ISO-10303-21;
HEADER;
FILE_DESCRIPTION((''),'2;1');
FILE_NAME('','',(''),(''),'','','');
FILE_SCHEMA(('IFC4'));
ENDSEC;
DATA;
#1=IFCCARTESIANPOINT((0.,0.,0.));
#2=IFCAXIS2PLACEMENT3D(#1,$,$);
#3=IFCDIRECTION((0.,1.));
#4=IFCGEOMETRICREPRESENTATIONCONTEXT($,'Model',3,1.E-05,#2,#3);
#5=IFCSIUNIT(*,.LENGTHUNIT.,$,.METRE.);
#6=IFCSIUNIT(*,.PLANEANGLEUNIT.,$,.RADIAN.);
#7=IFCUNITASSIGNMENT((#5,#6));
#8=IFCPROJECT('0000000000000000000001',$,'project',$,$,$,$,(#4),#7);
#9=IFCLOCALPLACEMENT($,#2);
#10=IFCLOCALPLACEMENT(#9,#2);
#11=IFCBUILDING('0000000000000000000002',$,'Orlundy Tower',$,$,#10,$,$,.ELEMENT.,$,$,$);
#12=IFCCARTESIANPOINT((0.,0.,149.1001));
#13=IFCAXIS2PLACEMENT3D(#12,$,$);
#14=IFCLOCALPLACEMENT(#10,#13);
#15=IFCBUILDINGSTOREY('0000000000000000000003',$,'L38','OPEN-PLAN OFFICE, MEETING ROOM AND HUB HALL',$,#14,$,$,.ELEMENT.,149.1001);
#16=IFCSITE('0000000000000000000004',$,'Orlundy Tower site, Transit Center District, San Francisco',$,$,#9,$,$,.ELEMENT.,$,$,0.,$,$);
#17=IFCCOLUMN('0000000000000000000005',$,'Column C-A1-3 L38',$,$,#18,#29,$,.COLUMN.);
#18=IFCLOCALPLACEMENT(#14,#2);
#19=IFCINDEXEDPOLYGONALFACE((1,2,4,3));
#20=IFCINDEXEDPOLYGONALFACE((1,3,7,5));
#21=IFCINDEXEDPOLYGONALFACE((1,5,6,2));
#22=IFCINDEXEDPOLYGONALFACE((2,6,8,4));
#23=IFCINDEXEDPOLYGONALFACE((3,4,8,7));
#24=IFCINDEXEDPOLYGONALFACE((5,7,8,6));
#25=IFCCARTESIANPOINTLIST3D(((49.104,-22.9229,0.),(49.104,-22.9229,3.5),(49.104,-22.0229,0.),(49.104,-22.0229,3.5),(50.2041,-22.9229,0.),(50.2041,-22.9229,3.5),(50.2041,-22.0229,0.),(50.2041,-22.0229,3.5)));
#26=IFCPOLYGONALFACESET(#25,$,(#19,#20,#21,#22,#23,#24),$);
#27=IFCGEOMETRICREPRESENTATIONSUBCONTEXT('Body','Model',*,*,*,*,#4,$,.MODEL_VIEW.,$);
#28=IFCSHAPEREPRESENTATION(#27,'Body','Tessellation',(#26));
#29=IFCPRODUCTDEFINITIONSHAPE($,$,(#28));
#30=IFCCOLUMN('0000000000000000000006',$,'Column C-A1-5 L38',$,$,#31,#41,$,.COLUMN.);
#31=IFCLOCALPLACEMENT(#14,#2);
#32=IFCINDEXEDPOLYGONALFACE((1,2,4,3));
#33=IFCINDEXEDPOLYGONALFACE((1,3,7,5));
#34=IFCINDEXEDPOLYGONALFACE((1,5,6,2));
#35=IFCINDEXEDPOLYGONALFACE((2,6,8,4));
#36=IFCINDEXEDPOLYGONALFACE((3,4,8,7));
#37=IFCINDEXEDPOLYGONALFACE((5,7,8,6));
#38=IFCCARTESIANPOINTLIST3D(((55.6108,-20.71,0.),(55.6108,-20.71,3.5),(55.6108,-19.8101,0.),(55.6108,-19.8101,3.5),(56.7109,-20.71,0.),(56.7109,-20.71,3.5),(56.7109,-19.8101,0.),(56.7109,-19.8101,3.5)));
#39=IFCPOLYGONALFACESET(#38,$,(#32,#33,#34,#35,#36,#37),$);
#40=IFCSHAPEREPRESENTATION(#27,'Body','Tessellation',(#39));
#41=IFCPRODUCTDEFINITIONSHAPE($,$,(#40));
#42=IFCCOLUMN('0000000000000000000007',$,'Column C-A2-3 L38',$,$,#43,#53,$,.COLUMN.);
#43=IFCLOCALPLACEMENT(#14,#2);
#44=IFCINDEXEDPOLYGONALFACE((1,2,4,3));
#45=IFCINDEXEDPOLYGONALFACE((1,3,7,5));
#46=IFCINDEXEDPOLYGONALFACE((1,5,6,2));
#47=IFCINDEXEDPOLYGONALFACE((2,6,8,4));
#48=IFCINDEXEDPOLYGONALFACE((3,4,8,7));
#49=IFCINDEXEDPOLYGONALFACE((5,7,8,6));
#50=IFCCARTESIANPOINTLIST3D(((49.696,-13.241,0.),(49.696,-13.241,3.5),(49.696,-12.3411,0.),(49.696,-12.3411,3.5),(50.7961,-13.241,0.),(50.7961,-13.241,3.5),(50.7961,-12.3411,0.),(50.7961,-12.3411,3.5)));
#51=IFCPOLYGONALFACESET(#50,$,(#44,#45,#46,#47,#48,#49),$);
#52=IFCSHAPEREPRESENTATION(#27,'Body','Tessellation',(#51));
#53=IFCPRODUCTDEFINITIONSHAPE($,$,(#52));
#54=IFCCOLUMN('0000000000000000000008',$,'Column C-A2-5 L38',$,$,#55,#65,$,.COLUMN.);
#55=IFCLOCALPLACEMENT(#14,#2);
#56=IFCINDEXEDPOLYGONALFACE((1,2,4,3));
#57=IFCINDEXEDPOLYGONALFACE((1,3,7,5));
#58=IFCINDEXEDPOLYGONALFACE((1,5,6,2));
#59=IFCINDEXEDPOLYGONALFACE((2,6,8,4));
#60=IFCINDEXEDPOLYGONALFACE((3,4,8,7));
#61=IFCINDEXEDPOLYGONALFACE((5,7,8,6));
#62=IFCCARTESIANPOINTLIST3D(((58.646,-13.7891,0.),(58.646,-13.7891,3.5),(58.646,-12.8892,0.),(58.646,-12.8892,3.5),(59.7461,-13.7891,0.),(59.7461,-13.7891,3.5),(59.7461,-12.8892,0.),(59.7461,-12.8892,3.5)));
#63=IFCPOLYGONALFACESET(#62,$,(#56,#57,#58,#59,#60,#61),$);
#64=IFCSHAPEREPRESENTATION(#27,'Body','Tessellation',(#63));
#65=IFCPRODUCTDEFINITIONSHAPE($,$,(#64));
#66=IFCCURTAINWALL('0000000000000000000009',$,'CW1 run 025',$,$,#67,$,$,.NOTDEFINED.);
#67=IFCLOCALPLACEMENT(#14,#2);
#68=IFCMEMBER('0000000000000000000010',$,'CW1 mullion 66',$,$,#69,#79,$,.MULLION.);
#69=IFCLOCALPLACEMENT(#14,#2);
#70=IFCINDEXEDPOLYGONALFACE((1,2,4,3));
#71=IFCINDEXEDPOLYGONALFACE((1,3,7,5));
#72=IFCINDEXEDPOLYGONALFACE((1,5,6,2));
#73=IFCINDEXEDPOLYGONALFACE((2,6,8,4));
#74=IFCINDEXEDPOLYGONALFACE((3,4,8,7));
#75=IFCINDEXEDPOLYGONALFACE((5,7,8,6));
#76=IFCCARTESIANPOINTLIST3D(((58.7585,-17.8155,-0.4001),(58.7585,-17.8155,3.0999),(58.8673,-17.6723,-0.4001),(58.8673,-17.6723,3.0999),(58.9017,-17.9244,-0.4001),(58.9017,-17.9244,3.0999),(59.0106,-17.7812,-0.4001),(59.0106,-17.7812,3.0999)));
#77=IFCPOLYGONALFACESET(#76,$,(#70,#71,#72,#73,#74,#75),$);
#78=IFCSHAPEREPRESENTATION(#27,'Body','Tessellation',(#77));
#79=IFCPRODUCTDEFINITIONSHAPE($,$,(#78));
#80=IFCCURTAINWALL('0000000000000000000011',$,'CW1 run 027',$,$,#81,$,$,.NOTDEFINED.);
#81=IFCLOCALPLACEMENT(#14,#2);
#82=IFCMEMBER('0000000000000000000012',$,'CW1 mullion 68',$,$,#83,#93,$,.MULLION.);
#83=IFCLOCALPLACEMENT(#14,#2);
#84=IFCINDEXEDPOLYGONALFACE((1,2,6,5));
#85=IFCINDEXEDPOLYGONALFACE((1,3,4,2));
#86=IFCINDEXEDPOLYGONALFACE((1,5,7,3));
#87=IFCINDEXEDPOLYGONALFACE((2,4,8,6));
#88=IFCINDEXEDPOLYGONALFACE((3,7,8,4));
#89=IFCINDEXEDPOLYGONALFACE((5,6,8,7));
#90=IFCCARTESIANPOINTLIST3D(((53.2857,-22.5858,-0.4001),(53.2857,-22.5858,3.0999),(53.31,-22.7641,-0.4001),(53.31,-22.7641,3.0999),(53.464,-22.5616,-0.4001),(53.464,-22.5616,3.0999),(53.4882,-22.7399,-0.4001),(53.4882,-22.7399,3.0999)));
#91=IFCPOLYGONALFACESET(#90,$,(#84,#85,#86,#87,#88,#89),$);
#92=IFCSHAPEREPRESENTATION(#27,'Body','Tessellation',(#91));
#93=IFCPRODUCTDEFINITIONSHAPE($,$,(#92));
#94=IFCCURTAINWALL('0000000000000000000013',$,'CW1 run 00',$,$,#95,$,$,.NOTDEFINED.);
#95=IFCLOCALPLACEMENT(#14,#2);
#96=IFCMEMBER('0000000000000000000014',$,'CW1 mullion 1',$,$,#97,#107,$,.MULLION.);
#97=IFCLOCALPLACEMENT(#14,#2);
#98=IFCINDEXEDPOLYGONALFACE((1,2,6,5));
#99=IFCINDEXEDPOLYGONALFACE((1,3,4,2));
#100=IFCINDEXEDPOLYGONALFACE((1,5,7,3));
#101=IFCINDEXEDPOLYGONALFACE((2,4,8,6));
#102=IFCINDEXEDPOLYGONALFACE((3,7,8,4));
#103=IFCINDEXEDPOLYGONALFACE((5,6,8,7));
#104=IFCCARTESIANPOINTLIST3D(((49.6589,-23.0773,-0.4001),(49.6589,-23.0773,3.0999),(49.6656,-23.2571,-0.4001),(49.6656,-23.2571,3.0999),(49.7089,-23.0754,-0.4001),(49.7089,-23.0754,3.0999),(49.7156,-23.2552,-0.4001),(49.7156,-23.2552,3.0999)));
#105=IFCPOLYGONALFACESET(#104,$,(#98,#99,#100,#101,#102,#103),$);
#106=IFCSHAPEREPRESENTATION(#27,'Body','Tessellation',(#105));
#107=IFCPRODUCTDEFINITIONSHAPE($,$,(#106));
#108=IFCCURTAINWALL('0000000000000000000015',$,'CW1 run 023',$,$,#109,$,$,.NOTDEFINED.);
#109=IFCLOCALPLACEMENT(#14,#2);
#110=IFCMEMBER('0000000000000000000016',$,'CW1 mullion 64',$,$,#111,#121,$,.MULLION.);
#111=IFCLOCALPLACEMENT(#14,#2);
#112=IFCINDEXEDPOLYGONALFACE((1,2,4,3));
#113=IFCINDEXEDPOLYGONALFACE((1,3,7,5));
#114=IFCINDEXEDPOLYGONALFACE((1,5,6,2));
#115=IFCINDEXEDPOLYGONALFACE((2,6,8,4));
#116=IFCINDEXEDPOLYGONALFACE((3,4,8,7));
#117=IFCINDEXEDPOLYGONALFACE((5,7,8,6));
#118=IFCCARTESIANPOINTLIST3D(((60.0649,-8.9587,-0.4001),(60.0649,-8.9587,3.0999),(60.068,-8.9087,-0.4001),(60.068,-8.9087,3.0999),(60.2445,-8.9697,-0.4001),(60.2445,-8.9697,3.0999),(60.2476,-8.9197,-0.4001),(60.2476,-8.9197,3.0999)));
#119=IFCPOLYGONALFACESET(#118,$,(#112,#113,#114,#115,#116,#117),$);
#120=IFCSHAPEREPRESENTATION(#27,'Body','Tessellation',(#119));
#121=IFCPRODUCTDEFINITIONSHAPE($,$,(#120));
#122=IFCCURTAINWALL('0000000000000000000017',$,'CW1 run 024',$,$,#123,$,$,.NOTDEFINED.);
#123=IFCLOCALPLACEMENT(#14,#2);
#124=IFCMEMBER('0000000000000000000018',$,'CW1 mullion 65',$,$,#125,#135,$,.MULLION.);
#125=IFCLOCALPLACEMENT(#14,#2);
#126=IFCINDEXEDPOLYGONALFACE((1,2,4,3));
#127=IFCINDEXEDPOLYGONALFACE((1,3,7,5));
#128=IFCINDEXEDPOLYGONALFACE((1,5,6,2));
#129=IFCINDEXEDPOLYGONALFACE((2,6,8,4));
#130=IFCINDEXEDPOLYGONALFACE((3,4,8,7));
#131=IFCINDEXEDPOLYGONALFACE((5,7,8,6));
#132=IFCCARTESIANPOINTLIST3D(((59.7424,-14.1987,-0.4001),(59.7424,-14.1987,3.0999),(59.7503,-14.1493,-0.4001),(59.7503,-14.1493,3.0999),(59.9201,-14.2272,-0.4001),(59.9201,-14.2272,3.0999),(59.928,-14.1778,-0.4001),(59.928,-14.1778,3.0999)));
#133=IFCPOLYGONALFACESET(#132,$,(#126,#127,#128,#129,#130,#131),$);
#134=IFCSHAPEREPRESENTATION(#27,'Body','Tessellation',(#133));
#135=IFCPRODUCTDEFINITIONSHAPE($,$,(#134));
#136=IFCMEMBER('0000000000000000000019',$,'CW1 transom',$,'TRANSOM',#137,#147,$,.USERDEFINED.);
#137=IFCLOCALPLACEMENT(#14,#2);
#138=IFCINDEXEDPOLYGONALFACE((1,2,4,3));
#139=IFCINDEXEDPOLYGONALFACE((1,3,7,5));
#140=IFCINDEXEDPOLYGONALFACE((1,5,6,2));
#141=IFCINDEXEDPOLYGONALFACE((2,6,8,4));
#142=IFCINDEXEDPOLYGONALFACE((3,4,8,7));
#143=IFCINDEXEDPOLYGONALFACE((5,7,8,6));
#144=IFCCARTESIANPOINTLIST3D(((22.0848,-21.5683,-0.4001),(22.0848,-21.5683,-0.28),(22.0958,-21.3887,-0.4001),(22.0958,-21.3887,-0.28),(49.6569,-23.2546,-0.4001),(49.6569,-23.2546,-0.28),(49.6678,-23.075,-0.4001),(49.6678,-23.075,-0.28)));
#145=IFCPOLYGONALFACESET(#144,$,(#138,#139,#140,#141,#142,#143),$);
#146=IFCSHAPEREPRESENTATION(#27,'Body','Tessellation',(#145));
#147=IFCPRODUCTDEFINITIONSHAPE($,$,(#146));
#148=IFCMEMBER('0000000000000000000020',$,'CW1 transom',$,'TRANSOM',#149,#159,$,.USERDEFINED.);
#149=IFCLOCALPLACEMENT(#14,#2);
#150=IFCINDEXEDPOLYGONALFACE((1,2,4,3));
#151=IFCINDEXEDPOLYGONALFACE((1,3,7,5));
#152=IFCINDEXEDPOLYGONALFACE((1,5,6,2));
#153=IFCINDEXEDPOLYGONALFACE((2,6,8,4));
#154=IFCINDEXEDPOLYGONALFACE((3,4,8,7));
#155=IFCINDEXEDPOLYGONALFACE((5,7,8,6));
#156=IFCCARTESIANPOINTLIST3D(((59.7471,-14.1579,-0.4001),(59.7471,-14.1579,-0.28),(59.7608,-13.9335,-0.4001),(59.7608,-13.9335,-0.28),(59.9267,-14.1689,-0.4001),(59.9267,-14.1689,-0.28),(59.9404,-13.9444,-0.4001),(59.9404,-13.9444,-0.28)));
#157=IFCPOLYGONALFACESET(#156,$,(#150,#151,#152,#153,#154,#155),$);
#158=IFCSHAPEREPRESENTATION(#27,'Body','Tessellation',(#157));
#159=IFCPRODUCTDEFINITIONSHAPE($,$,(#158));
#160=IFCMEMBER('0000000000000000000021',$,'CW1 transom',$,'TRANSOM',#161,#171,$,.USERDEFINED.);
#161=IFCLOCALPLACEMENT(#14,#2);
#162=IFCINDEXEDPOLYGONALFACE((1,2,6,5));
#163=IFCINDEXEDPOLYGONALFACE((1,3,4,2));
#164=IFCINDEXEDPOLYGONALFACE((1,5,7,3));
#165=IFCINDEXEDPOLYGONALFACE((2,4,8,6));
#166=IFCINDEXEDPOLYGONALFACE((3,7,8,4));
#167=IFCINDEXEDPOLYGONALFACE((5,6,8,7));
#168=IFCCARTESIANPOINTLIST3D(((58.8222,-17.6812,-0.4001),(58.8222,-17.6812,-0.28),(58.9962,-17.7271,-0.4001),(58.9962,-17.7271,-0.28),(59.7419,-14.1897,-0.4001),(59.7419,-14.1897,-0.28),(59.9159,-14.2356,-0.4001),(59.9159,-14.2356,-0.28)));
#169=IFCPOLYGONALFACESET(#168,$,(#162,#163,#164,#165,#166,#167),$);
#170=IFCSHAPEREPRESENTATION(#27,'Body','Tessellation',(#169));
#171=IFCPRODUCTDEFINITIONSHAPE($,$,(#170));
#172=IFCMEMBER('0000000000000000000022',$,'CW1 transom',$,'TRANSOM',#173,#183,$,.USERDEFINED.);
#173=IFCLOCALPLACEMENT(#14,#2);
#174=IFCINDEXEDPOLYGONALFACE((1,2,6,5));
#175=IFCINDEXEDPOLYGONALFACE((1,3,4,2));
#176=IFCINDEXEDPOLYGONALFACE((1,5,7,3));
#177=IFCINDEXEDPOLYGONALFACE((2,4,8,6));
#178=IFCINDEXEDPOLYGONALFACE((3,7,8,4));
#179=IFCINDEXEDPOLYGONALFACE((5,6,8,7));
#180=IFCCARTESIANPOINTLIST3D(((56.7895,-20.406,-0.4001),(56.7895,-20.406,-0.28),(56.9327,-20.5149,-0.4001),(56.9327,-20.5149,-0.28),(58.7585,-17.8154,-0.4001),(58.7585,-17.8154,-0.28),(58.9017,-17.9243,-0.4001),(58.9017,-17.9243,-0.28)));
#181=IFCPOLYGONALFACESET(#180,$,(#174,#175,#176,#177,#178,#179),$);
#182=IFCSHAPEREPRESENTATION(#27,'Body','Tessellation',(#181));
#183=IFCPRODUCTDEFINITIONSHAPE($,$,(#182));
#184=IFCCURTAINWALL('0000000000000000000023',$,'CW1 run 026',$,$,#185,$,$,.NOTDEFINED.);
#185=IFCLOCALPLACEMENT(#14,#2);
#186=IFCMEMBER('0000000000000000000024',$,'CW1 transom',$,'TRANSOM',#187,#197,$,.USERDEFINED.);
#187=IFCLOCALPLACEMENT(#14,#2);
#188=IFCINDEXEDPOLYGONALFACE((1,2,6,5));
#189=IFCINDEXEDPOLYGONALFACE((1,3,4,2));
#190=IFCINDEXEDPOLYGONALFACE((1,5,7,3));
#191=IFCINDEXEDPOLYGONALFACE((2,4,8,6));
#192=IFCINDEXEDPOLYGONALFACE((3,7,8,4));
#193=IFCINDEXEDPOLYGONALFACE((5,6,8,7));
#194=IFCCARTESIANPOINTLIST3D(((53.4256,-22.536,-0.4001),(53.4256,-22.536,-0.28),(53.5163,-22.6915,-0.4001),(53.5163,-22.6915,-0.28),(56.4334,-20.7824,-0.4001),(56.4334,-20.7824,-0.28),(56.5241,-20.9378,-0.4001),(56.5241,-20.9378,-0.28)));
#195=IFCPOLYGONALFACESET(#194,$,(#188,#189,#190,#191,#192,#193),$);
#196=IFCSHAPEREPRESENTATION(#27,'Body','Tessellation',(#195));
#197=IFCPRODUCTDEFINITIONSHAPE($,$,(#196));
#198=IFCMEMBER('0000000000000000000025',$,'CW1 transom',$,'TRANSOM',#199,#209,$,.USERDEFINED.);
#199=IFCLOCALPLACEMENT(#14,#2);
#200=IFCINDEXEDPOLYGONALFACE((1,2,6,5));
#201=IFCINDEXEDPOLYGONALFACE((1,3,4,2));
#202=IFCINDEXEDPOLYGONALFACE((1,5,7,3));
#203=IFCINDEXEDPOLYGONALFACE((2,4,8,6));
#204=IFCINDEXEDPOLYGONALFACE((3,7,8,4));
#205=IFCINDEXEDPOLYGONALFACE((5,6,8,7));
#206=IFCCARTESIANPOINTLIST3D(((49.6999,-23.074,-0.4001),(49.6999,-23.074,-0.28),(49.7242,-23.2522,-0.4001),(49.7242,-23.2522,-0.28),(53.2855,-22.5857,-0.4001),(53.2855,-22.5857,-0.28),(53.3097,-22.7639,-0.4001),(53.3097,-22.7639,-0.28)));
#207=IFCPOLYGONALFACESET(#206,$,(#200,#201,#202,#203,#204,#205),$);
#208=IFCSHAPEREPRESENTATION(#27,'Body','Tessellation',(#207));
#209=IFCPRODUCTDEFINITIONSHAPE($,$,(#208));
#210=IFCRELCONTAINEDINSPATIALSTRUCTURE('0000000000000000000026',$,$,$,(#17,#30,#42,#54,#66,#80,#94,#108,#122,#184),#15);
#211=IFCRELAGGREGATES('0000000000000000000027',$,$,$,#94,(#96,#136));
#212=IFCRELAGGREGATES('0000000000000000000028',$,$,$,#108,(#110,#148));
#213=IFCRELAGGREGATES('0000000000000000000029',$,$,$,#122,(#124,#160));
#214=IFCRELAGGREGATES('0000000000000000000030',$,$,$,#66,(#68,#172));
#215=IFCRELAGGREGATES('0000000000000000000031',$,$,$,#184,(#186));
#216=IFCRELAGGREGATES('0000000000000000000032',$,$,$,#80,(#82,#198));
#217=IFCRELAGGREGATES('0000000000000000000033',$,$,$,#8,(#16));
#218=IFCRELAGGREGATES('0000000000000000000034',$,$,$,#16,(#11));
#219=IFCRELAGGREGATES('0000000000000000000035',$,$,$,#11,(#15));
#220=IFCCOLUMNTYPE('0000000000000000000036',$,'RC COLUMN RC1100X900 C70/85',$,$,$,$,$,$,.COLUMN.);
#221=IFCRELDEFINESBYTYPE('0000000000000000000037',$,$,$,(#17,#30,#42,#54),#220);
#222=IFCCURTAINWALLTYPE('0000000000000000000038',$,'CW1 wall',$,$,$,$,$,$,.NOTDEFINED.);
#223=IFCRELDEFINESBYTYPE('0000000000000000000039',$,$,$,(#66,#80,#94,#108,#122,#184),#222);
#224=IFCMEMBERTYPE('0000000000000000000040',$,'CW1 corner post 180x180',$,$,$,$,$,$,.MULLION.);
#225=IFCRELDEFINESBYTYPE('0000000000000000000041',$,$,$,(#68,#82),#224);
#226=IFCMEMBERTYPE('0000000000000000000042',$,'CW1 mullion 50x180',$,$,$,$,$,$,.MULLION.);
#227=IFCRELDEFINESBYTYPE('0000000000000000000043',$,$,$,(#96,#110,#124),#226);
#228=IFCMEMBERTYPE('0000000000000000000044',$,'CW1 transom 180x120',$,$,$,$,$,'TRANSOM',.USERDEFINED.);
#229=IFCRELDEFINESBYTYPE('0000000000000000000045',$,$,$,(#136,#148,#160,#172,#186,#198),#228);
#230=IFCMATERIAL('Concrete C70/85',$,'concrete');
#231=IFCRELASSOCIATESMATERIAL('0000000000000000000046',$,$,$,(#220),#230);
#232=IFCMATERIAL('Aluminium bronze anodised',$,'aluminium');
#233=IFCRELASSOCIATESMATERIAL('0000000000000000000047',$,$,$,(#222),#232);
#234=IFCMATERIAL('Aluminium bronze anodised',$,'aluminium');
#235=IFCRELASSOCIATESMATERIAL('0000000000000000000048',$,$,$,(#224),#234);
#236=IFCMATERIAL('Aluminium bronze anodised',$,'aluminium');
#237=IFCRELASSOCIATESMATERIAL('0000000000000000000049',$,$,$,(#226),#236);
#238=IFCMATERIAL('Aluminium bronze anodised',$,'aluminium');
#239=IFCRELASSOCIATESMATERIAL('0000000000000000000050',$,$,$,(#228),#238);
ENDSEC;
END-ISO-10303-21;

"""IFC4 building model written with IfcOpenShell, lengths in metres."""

from ifc_helpers import new_model, si_unit, direction, frame, origin, origin_2d, place, context, subcontext, project, spatial, rectangle, extrude, material, material_profile, profile_set, type_object, element, aggregate, save


model = new_model("IFC4")

# Units and contexts
model_context = context("Model", 3, precision=1e-05, world=origin(), true_north=direction((0.0, 1.0)))
body_context = subcontext(model_context, "Body", "Model", "MODEL_VIEW")
ifc_project = project(units=[si_unit("LENGTHUNIT", "METRE"), si_unit("PLANEANGLEUNIT", "RADIAN")], contexts=[model_context])

# Site, building, storey
site_placement = place(None, origin())
site = spatial("IfcSite", under=ifc_project, at=site_placement, Name="Orlundy Tower site, Transit Center District, San Francisco", CompositionType="ELEMENT", RefElevation=0.0)
building_placement = place(site_placement, origin())
building = spatial("IfcBuilding", under=site, at=building_placement, Name="Orlundy Tower", CompositionType="ELEMENT")
storey_placement = place(building_placement, frame((0.0, 0.0, 149.1001)))
storey = spatial("IfcBuildingStorey", under=building, at=storey_placement, Name="L38", Description="OPEN-PLAN OFFICE, MEETING ROOM AND HUB HALL", CompositionType="ELEMENT", Elevation=149.1001)

# Columns
ifc_material_1 = material(Name="Concrete C70/85", Category="concrete")
ifc_material_profile_1 = material_profile(ifc_material_1, rectangle(XDim=1.1001, YDim=0.8999, at=origin_2d()), Name="RC1100X900")
ifc_profile_set_1 = profile_set([ifc_material_profile_1], Name="Concrete C70/85")
column_type = type_object("IfcColumnType", Name="RC COLUMN RC1100X900 C70/85", PredefinedType="COLUMN", material=ifc_profile_set_1)
for number, where, z_axis, x_axis, name in (
    (1, (49.6541, -22.4729, 0.0), (0.0, 0.0, 1.0), (1.0, 0.0, 0.0), "Column C-A1-3 L38"),
    (2, (56.1609, -20.26, 0.0), (0.0, 0.0, 1.0), (1.0, 0.0, 0.0), "Column C-A1-5 L38"),
    (3, (50.2461, -12.791, 0.0), (0.0, 0.0, 1.0), (1.0, 0.0, 0.0), "Column C-A2-3 L38"),
    (4, (59.196, -13.3391, 0.0), (0.0, 0.0, 1.0), (1.0, 0.0, 0.0), "Column C-A2-5 L38"),
):
    element("IfcColumn", number, at=place(storey_placement, frame(where, z_axis=z_axis, x_axis=x_axis)), inside=storey, type_object=column_type, Name=name, PredefinedType="COLUMN", context=body_context, shape_type="SweptSolid", body=[
        extrude(rectangle(XDim=1.1001, YDim=0.8999, at=origin_2d()), origin(), (0.0, 0.0, 1.0), 3.5),
    ])

# Curtain walls, members
ifc_material_2 = material(Name="Aluminium bronze anodised", Category="aluminium")
curtain_wall_type = type_object("IfcCurtainWallType", Name="CW1 wall", PredefinedType="NOTDEFINED", material=ifc_material_2)
curtain_wall_1_placement = place(storey_placement, origin())
curtain_wall_1 = element("IfcCurtainWall", 5, at=curtain_wall_1_placement, inside=storey, type_object=curtain_wall_type, Name="CW1 run 025", PredefinedType="NOTDEFINED")
ifc_material_3 = material(Name="Aluminium bronze anodised", Category="aluminium")
ifc_material_profile_2 = material_profile(ifc_material_3, rectangle(XDim=0.1799, YDim=0.1799, at=origin_2d()), Name="CW1 corner post 180x180")
ifc_profile_set_2 = profile_set([ifc_material_profile_2], Name="Aluminium bronze anodised")
member_type_1 = type_object("IfcMemberType", Name="CW1 corner post 180x180", PredefinedType="MULLION", material=ifc_profile_set_2)
member_1_placement = place(storey_placement, frame((58.8845, -17.7983, -0.4001), z_axis=(0.0, 0.0, 1.0), x_axis=(0.796131, -0.605124, 0.0)))
member_1 = element("IfcMember", 6, at=member_1_placement, type_object=member_type_1, Name="CW1 mullion 66", PredefinedType="MULLION", context=body_context, shape_type="SweptSolid", body=[
    extrude(rectangle(XDim=0.1799, YDim=0.1799, at=origin_2d()), origin(), (0.0, 0.0, 1.0), 3.5),
])
curtain_wall_2_placement = place(storey_placement, origin())
curtain_wall_2 = element("IfcCurtainWall", 7, at=curtain_wall_2_placement, inside=storey, type_object=curtain_wall_type, Name="CW1 run 027", PredefinedType="NOTDEFINED")
member_2_placement = place(storey_placement, frame((53.387, -22.6628, -0.4001), z_axis=(0.0, 0.0, 1.0), x_axis=(0.134884, -0.990861, 0.0)))
member_2 = element("IfcMember", 8, at=member_2_placement, type_object=member_type_1, Name="CW1 mullion 68", PredefinedType="MULLION", context=body_context, shape_type="SweptSolid", body=[
    extrude(rectangle(XDim=0.1799, YDim=0.1799, at=origin_2d()), origin(), (0.0, 0.0, 1.0), 3.5),
])
curtain_wall_3_placement = place(storey_placement, origin())
curtain_wall_3 = element("IfcCurtainWall", 9, at=curtain_wall_3_placement, inside=storey, type_object=curtain_wall_type, Name="CW1 run 00", PredefinedType="NOTDEFINED")
ifc_material_4 = material(Name="Aluminium bronze anodised", Category="aluminium")
ifc_material_profile_3 = material_profile(ifc_material_4, rectangle(XDim=0.1799, YDim=0.05, at=origin_2d()), Name="CW1 mullion 50x180")
ifc_profile_set_3 = profile_set([ifc_material_profile_3], Name="Aluminium bronze anodised")
member_type_2 = type_object("IfcMemberType", Name="CW1 mullion 50x180", PredefinedType="MULLION", material=ifc_profile_set_3)
member_3_placement = place(storey_placement, frame((49.6873, -23.1663, -0.4001), z_axis=(0.0, 0.0, 1.0), x_axis=(0.0371, -0.999312, 0.0)))
member_3 = element("IfcMember", 10, at=member_3_placement, type_object=member_type_2, Name="CW1 mullion 1", PredefinedType="MULLION", context=body_context, shape_type="SweptSolid", body=[
    extrude(rectangle(XDim=0.1799, YDim=0.05, at=origin_2d()), origin(), (0.0, 0.0, 1.0), 3.5),
])
curtain_wall_4_placement = place(storey_placement, origin())
curtain_wall_4 = element("IfcCurtainWall", 11, at=curtain_wall_4_placement, inside=storey, type_object=curtain_wall_type, Name="CW1 run 023", PredefinedType="NOTDEFINED")
member_4_placement = place(storey_placement, frame((60.1562, -8.9392, -0.4001), z_axis=(0.0, 0.0, 1.0), x_axis=(0.998135, -0.061047, 0.0)))
member_4 = element("IfcMember", 12, at=member_4_placement, type_object=member_type_2, Name="CW1 mullion 64", PredefinedType="MULLION", context=body_context, shape_type="SweptSolid", body=[
    extrude(rectangle(XDim=0.1799, YDim=0.05, at=origin_2d()), origin(), (0.0, 0.0, 1.0), 3.5),
])
curtain_wall_5_placement = place(storey_placement, origin())
curtain_wall_5 = element("IfcCurtainWall", 13, at=curtain_wall_5_placement, inside=storey, type_object=curtain_wall_type, Name="CW1 run 024", PredefinedType="NOTDEFINED")
member_5_placement = place(storey_placement, frame((59.8352, -14.1882, -0.4001), z_axis=(0.0, 0.0, 1.0), x_axis=(0.987336, -0.158641, 0.0)))
member_5 = element("IfcMember", 14, at=member_5_placement, type_object=member_type_2, Name="CW1 mullion 65", PredefinedType="MULLION", context=body_context, shape_type="SweptSolid", body=[
    extrude(rectangle(XDim=0.1799, YDim=0.05, at=origin_2d()), origin(), (0.0, 0.0, 1.0), 3.5),
])

# Members
ifc_material_5 = material(Name="Aluminium bronze anodised", Category="aluminium")
ifc_material_profile_4 = material_profile(ifc_material_5, rectangle(XDim=0.1799, YDim=0.1201, at=origin_2d()), Name="CW1 transom 180x120")
ifc_profile_set_4 = profile_set([ifc_material_profile_4], Name="Aluminium bronze anodised")
member_type_3 = type_object("IfcMemberType", Name="CW1 transom 180x120", ElementType="TRANSOM", PredefinedType="USERDEFINED", material=ifc_profile_set_4)
member_6_placement = place(storey_placement, frame((49.6624, -23.1648, -0.3401), z_axis=(-0.998135, 0.061045, 0.0), x_axis=(-0.061045, -0.998135, 0.0)))
member_6 = element("IfcMember", 15, at=member_6_placement, type_object=member_type_3, Name="CW1 transom", ObjectType="TRANSOM", PredefinedType="USERDEFINED", context=body_context, shape_type="SweptSolid", body=[
    extrude(rectangle(XDim=0.1799, YDim=0.1201, at=origin_2d()), origin(), (0.0, 0.0, 1.0), 27.6235),
])
aggregate(curtain_wall_3, [member_3, member_6])
member_7_placement = place(storey_placement, frame((59.8506, -13.939, -0.3401), z_axis=(-0.060823, -0.998149, 0.0), x_axis=(0.998149, -0.060823, 0.0)))
member_7 = element("IfcMember", 16, at=member_7_placement, type_object=member_type_3, Name="CW1 transom", ObjectType="TRANSOM", PredefinedType="USERDEFINED", context=body_context, shape_type="SweptSolid", body=[
    extrude(rectangle(XDim=0.1799, YDim=0.1201, at=origin_2d()), origin(), (0.0, 0.0, 1.0), 0.2249),
])
member_8_placement = place(storey_placement, frame((59.8289, -14.2126, -0.3401), z_axis=(-0.25472, -0.967015, 0.0), x_axis=(0.967015, -0.25472, 0.0)))
member_8 = element("IfcMember", 17, at=member_8_placement, type_object=member_type_3, Name="CW1 transom", ObjectType="TRANSOM", PredefinedType="USERDEFINED", context=body_context, shape_type="SweptSolid", body=[
    extrude(rectangle(XDim=0.1799, YDim=0.1201, at=origin_2d()), origin(), (0.0, 0.0, 1.0), 3.6106),
])
member_9_placement = place(storey_placement, frame((58.8301, -17.8699, -0.3401), z_axis=(-0.605114, -0.796139, 0.0), x_axis=(0.796139, -0.605114, 0.0)))
member_9 = element("IfcMember", 18, at=member_9_placement, type_object=member_type_3, Name="CW1 transom", ObjectType="TRANSOM", PredefinedType="USERDEFINED", context=body_context, shape_type="SweptSolid", body=[
    extrude(rectangle(XDim=0.1799, YDim=0.1201, at=origin_2d()), origin(), (0.0, 0.0, 1.0), 3.2539),
])

# Curtain wall, member
curtain_wall_6_placement = place(storey_placement, origin())
curtain_wall_6 = element("IfcCurtainWall", 19, at=curtain_wall_6_placement, inside=storey, type_object=curtain_wall_type, Name="CW1 run 026", PredefinedType="NOTDEFINED")
member_10_placement = place(storey_placement, frame((56.4788, -20.8601, -0.3401), z_axis=(-0.863891, -0.503679, 0.0), x_axis=(0.503679, -0.863891, 0.0)))
member_10 = element("IfcMember", 20, at=member_10_placement, type_object=member_type_3, Name="CW1 transom", ObjectType="TRANSOM", PredefinedType="USERDEFINED", context=body_context, shape_type="SweptSolid", body=[
    extrude(rectangle(XDim=0.1799, YDim=0.1201, at=origin_2d()), origin(), (0.0, 0.0, 1.0), 3.4817),
])

# Member
member_11_placement = place(storey_placement, frame((53.2976, -22.6748, -0.3401), z_axis=(-0.990854, -0.134939, 0.0), x_axis=(0.134939, -0.990854, 0.0)))
member_11 = element("IfcMember", 21, at=member_11_placement, type_object=member_type_3, Name="CW1 transom", ObjectType="TRANSOM", PredefinedType="USERDEFINED", context=body_context, shape_type="SweptSolid", body=[
    extrude(rectangle(XDim=0.1799, YDim=0.1201, at=origin_2d()), origin(), (0.0, 0.0, 1.0), 3.6187),
])

aggregate(curtain_wall_4, [member_4, member_7])
aggregate(curtain_wall_5, [member_5, member_8])
aggregate(curtain_wall_1, [member_1, member_9])
aggregate(curtain_wall_6, [member_10])
aggregate(curtain_wall_2, [member_2, member_11])

save(model, "model.ifc")
